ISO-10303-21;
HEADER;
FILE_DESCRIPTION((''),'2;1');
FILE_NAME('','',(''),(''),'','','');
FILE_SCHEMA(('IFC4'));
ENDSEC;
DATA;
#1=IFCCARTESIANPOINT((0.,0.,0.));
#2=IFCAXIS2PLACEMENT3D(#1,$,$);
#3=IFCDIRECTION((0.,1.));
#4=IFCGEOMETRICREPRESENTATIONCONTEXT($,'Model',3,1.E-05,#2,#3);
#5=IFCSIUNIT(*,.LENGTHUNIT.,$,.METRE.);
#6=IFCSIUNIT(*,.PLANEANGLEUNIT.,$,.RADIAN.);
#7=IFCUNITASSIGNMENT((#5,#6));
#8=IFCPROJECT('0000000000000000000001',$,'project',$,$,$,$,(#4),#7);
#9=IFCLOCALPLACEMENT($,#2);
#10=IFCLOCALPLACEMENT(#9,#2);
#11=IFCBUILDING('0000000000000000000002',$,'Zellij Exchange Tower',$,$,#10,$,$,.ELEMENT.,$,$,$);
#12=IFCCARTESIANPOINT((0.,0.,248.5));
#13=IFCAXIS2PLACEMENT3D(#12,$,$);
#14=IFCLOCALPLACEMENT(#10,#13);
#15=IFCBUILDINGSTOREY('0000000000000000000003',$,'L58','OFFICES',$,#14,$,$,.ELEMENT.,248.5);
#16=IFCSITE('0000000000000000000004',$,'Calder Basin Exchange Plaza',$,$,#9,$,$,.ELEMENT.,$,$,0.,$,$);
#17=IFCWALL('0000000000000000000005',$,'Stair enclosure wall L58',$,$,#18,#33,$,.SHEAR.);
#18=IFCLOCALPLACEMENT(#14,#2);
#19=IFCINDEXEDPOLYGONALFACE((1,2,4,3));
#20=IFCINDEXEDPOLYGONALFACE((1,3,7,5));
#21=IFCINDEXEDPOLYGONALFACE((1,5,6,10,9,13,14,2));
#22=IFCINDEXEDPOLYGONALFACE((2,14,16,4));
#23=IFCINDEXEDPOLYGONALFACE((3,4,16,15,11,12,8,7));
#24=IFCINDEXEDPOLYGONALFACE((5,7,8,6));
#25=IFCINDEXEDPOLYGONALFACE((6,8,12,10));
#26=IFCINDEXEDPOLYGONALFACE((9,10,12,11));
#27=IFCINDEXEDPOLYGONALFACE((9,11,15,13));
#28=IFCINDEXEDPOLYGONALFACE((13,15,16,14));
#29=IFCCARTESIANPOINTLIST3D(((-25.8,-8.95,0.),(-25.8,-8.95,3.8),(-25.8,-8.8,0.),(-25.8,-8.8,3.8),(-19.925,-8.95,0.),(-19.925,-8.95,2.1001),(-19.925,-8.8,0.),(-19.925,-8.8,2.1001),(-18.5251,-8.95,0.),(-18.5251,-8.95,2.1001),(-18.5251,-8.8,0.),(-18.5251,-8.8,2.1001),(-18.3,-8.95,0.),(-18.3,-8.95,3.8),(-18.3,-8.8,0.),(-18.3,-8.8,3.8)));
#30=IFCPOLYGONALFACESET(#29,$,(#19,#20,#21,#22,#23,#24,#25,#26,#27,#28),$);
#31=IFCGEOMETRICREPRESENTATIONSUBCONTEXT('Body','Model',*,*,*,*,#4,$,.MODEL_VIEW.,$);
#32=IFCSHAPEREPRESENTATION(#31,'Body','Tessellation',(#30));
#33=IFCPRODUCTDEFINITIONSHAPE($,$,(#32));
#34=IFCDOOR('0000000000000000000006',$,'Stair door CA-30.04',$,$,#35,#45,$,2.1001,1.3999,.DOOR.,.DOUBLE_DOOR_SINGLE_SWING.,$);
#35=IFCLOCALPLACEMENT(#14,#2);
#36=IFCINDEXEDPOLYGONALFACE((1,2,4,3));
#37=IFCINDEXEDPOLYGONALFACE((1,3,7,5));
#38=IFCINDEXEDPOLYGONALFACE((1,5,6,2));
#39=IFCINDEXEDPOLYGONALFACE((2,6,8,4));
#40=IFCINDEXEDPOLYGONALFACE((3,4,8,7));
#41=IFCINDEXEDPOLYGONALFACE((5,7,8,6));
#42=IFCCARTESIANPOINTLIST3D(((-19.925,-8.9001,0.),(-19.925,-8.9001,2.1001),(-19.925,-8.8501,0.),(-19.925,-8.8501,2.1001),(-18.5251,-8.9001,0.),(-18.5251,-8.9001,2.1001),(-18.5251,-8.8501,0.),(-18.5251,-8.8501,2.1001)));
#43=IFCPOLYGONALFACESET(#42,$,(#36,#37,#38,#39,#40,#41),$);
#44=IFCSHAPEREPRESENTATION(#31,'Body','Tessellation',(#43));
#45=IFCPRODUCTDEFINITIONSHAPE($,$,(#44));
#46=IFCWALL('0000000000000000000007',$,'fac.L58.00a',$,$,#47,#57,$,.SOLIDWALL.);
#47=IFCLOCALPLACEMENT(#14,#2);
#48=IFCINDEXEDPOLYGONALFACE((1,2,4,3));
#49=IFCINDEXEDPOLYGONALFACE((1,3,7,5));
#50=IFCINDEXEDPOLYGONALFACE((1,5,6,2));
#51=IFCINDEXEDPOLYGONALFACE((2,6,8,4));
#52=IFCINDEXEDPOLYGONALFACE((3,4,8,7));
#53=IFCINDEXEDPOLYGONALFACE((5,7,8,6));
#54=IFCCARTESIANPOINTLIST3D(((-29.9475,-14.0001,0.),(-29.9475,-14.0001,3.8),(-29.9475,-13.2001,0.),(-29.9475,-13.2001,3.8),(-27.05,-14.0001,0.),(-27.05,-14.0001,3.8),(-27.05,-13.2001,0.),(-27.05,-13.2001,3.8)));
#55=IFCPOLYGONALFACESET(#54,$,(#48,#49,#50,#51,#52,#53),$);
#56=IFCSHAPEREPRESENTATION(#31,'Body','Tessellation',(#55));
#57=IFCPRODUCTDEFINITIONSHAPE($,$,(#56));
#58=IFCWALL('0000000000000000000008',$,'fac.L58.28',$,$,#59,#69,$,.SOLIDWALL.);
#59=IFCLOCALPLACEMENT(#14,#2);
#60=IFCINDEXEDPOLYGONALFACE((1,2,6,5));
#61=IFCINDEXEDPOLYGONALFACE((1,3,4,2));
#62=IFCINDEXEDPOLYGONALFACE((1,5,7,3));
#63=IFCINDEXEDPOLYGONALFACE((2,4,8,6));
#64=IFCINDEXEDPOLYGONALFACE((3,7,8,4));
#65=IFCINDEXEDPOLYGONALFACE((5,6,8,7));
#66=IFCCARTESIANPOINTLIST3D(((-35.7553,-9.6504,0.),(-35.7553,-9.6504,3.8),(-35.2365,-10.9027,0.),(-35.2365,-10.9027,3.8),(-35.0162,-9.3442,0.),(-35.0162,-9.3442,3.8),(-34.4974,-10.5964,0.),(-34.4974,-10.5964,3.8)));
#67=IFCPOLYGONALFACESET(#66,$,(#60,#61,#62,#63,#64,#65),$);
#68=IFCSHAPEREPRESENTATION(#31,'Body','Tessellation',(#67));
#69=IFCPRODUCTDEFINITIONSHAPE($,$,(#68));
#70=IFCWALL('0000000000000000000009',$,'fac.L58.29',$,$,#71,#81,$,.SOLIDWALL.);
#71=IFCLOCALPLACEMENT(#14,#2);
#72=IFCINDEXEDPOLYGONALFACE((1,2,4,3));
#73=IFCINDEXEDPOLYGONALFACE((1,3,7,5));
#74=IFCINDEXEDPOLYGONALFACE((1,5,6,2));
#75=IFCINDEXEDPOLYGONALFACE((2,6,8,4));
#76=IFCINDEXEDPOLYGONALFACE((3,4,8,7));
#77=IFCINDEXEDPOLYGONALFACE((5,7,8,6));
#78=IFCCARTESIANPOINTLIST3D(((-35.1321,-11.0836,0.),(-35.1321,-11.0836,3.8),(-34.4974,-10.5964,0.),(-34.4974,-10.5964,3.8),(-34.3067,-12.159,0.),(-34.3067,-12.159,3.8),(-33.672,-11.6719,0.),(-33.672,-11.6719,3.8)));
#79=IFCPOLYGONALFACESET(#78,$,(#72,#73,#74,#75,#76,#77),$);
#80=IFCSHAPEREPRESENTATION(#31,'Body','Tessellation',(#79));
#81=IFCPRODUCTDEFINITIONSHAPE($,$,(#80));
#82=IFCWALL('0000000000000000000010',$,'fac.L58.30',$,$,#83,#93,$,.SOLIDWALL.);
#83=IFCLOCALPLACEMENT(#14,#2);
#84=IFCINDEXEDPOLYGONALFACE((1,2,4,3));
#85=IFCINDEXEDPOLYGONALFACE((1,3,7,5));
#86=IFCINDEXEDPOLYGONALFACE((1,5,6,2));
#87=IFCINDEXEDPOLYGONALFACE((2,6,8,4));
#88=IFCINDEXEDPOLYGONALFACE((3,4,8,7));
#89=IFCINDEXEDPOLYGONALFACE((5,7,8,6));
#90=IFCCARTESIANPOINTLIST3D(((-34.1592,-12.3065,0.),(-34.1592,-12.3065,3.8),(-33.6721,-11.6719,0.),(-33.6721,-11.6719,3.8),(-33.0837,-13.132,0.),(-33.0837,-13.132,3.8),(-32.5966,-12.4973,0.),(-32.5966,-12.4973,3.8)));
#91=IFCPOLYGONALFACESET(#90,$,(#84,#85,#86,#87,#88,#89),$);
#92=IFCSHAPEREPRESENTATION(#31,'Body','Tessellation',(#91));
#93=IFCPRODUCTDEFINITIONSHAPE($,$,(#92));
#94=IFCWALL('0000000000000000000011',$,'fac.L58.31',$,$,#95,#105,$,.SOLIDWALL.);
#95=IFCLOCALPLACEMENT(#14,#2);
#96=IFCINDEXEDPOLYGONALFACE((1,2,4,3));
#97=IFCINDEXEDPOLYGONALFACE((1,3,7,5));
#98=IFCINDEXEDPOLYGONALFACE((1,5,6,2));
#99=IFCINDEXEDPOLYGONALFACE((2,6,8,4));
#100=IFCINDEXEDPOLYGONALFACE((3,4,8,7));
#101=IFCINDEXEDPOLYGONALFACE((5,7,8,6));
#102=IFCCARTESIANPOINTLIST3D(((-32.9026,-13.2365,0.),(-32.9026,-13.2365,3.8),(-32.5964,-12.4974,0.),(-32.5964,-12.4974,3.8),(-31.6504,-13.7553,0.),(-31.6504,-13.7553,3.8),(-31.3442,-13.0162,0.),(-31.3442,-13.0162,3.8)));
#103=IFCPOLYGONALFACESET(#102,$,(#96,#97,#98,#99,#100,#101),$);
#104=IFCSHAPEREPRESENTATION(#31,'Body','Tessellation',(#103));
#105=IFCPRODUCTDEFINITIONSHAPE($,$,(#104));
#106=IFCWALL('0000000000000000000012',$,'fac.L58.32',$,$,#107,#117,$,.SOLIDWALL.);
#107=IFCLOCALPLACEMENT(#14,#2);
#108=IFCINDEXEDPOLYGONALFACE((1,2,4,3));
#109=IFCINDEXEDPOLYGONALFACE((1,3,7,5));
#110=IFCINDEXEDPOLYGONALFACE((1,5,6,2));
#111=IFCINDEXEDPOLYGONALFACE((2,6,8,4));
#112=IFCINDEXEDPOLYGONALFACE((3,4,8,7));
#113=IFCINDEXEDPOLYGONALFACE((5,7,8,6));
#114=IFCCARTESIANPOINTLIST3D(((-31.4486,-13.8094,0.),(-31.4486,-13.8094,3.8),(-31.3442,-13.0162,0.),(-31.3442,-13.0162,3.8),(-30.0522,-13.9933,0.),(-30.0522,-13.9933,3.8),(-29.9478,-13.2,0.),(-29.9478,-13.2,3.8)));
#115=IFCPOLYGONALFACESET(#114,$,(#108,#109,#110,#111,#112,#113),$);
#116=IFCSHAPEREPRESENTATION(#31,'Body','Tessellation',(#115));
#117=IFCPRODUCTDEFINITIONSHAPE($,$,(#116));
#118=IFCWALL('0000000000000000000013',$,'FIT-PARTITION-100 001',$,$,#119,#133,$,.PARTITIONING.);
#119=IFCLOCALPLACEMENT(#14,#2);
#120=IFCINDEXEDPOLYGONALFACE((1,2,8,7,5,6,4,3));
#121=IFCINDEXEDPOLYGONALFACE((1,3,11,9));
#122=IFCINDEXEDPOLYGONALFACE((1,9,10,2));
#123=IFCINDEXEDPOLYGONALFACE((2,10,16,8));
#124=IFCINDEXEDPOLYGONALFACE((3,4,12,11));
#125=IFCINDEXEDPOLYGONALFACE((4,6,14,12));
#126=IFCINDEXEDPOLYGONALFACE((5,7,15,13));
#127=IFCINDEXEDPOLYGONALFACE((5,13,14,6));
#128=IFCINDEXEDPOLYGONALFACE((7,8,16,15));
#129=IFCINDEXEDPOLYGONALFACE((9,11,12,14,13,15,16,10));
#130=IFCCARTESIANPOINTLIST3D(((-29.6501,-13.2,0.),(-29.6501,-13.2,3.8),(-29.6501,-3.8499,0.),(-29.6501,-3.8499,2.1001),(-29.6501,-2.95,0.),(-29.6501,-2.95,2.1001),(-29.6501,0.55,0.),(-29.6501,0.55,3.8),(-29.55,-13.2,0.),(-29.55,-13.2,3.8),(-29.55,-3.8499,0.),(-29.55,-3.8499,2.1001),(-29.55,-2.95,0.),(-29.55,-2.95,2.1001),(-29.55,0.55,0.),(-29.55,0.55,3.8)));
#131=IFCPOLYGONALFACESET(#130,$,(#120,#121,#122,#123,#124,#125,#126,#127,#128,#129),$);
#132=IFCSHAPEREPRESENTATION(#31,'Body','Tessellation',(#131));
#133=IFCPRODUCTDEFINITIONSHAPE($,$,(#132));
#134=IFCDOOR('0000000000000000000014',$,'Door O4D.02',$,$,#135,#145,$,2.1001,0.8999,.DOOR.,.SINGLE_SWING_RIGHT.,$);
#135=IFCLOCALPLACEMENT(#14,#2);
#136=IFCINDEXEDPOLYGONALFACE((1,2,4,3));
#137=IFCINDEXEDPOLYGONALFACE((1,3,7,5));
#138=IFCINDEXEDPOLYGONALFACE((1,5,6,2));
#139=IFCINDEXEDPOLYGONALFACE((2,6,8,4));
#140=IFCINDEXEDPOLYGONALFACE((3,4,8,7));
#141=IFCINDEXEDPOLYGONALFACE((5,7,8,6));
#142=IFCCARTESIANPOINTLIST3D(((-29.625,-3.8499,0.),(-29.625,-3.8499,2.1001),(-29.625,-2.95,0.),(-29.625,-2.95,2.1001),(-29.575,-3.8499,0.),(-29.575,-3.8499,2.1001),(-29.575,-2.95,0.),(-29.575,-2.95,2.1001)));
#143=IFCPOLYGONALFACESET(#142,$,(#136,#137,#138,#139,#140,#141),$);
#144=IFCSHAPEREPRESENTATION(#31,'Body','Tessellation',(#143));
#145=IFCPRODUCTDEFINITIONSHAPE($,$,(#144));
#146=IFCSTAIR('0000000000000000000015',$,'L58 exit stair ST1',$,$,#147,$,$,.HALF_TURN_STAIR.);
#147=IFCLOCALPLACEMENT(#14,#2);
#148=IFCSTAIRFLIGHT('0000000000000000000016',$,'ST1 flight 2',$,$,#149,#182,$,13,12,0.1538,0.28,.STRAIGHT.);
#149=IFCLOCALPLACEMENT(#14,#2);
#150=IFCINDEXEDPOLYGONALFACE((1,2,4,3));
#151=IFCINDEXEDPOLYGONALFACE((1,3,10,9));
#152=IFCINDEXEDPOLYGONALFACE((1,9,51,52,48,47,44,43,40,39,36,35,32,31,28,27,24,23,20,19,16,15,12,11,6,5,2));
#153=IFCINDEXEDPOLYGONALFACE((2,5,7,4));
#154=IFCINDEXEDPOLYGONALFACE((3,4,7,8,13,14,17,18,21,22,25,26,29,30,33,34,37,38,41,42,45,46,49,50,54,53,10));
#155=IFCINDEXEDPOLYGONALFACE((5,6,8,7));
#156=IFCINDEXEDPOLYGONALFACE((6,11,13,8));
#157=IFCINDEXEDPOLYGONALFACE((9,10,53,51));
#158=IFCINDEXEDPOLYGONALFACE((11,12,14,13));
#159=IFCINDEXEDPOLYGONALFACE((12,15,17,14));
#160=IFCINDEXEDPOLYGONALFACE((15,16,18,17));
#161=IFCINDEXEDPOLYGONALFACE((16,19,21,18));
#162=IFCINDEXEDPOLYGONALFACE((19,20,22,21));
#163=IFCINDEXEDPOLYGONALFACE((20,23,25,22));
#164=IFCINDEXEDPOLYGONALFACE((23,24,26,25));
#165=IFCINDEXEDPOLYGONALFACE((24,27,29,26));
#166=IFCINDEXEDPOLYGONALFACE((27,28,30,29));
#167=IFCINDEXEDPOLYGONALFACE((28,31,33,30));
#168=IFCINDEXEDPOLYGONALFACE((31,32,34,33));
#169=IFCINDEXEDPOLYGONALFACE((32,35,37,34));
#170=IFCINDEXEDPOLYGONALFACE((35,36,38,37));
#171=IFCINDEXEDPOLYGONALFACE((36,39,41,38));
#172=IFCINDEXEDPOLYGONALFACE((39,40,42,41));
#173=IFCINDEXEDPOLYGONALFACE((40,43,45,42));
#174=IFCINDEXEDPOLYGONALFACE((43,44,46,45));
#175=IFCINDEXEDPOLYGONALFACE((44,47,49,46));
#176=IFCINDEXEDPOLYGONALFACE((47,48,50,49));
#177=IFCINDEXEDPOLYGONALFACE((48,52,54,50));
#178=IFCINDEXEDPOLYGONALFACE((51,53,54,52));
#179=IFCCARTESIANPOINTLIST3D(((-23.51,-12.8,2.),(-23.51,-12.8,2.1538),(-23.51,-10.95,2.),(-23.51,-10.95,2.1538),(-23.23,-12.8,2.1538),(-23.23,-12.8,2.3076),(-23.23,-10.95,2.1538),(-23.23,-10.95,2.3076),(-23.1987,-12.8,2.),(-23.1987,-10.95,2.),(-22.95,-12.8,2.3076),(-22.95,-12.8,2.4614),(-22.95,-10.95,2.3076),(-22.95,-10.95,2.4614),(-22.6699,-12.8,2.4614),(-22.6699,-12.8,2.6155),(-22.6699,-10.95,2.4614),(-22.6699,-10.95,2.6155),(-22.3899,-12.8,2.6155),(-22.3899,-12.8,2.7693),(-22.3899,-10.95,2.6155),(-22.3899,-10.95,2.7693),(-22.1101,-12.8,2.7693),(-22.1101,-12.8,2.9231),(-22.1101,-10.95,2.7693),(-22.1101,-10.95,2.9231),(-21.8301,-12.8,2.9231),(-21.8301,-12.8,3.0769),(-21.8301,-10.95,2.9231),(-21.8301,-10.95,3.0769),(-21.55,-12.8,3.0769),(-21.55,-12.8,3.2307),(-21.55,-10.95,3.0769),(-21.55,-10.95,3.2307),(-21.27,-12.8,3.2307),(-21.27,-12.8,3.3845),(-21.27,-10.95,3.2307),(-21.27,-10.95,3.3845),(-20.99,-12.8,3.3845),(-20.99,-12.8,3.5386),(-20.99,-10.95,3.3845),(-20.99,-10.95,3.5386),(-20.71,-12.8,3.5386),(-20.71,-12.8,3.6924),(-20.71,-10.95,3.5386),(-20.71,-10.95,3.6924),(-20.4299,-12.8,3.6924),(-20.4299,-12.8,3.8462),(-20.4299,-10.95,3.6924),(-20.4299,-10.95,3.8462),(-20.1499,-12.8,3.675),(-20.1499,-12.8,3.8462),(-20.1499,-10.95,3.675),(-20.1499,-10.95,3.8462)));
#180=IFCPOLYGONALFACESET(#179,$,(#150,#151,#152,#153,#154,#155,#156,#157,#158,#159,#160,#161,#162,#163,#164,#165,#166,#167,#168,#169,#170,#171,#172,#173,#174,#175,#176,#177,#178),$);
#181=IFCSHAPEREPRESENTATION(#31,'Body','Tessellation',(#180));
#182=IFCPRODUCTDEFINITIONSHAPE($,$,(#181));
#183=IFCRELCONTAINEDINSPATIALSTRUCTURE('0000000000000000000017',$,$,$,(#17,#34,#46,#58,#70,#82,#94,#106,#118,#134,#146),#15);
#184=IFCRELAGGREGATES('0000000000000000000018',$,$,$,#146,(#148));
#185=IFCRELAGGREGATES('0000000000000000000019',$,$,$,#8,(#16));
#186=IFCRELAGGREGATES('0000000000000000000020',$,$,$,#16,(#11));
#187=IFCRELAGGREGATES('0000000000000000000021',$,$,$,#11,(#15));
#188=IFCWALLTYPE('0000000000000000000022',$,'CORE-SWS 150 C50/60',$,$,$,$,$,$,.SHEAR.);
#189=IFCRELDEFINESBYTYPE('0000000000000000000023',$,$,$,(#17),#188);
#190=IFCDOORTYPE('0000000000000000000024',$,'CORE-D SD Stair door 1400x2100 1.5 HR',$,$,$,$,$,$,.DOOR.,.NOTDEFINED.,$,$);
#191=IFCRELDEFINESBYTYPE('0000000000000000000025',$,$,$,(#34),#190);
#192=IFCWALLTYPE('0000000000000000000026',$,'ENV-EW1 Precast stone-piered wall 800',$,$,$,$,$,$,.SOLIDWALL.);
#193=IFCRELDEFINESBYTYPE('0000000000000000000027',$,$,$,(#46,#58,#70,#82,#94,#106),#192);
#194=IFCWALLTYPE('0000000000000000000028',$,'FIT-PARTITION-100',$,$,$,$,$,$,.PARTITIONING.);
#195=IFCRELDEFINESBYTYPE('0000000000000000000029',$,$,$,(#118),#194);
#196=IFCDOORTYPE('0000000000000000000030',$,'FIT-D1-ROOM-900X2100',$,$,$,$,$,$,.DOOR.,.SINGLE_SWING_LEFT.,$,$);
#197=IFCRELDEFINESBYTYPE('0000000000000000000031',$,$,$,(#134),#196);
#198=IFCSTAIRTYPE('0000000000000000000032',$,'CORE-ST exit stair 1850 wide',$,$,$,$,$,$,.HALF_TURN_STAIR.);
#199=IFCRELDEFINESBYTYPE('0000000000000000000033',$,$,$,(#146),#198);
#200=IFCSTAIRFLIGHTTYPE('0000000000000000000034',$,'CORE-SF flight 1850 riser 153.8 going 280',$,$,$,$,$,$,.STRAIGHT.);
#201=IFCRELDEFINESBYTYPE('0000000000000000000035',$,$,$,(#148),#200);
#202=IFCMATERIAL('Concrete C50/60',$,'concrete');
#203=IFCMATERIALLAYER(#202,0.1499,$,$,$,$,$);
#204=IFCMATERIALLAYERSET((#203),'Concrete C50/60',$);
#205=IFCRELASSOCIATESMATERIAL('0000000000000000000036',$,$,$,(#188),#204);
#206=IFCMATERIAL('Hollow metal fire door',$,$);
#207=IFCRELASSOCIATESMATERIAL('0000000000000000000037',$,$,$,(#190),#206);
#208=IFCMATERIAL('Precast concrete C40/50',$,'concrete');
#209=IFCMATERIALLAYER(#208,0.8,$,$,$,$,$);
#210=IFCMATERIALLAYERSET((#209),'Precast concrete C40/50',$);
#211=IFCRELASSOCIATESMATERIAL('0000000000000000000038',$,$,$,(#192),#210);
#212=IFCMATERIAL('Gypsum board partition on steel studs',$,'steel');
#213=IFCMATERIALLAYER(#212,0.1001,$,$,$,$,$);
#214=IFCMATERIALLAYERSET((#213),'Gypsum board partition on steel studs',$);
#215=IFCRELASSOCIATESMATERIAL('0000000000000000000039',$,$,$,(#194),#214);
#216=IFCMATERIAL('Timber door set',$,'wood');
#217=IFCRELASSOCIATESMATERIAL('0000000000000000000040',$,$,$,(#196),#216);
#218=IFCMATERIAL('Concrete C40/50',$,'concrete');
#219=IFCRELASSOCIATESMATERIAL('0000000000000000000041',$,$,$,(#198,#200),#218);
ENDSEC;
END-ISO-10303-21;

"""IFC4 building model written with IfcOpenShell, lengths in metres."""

from ifc_helpers import new_model, si_unit, direction, frame, frame_2d, origin, place, context, subcontext, project, spatial, polyline, rectangle, outline, extrude, material, layer, layer_set, type_object, element, fill, aggregate, save


model = new_model("IFC4")

# Units and contexts
model_context = context("Model", 3, precision=1e-05, world=origin(), true_north=direction((0.0, 1.0)))
body_context = subcontext(model_context, "Body", "Model", "MODEL_VIEW")
ifc_project = project(units=[si_unit("LENGTHUNIT", "METRE"), si_unit("PLANEANGLEUNIT", "RADIAN")], contexts=[model_context])

# Site, building, storey
site_placement = place(None, origin())
site = spatial("IfcSite", under=ifc_project, at=site_placement, Name="Calder Basin Exchange Plaza", CompositionType="ELEMENT", RefElevation=0.0)
building_placement = place(site_placement, origin())
building = spatial("IfcBuilding", under=site, at=building_placement, Name="Zellij Exchange Tower", CompositionType="ELEMENT")
storey_placement = place(building_placement, frame((0.0, 0.0, 248.5)))
storey = spatial("IfcBuildingStorey", under=building, at=storey_placement, Name="L58", Description="OFFICES", CompositionType="ELEMENT", Elevation=248.5)

# Shared definitions
ifc_material_1 = material(Name="Concrete C50/60", Category="concrete")

# Wall, opening, door
ifc_material_2 = material(Name="Hollow metal fire door")
ifc_layer_1 = layer(ifc_material_1, 0.1499)
ifc_layer_set_1 = layer_set([ifc_layer_1], Name="Concrete C50/60")
wall_type_1 = type_object("IfcWallType", Name="CORE-SWS 150 C50/60", PredefinedType="SHEAR", material=ifc_layer_set_1)
wall_1_placement = place(storey_placement, frame((-25.8, -8.875, 0.0), z_axis=(0.0, 0.0, 1.0), x_axis=(1.0, 0.0, 0.0)))
wall_1 = element("IfcWall", 1, at=wall_1_placement, inside=storey, type_object=wall_type_1, Name="Stair enclosure wall L58", PredefinedType="SHEAR", context=body_context, shape_type="SweptSolid", body=[
    extrude(rectangle(XDim=7.5, YDim=0.1499, at=frame_2d((3.75, 0.0))), origin(), (0.0, 0.0, 1.0), 3.8),
])
opening_1_placement = place(wall_1_placement, frame((5.875, 0.0, 0.0)))
opening_1 = element("IfcOpeningElement", 2, at=opening_1_placement, cuts=wall_1, PredefinedType="OPENING", context=body_context, shape_type="SweptSolid", body=[
    extrude(rectangle(XDim=1.3999, YDim=2.1001, at=frame_2d((0.7, 1.05))), frame((0.0, 0.0869, 0.0), z_axis=(0.0, -1.0, 0.0), x_axis=(1.0, 0.0, 0.0)), (0.0, 0.0, 1.0), 0.1738),
])
door_type_1 = type_object("IfcDoorType", Name="CORE-D SD Stair door 1400x2100 1.5 HR", OperationType="NOTDEFINED", PredefinedType="DOOR", material=ifc_material_2)
door_1_placement = place(opening_1_placement, origin())
door_1 = element("IfcDoor", 3, at=door_1_placement, inside=storey, type_object=door_type_1, Name="Stair door CA-30.04", OperationType="DOUBLE_DOOR_SINGLE_SWING", OverallHeight=2.1001, OverallWidth=1.3999, PredefinedType="DOOR", context=body_context, shape_type="SweptSolid", body=[
    extrude(rectangle(XDim=1.3999, YDim=2.1001, at=frame_2d((0.7, 1.05))), frame((0.0, 0.0249, 0.0), z_axis=(0.0, -1.0, 0.0), x_axis=(1.0, 0.0, 0.0)), (0.0, 0.0, 1.0), 0.05),
])
fill(opening_1, door_1)

# Walls
ifc_material_3 = material(Name="Precast concrete C40/50", Category="concrete")
ifc_layer_2 = layer(ifc_material_3, 0.8)
ifc_layer_set_2 = layer_set([ifc_layer_2], Name="Precast concrete C40/50")
wall_type_2 = type_object("IfcWallType", Name="ENV-EW1 Precast stone-piered wall 800", PredefinedType="SOLIDWALL", material=ifc_layer_set_2)
wall_2_placement = place(storey_placement, frame((-29.9475, -13.6001, 0.0), z_axis=(0.0, 0.0, 1.0), x_axis=(1.0, 0.0, 0.0)))
element("IfcWall", 4, at=wall_2_placement, inside=storey, type_object=wall_type_2, Name="fac.L58.00a", PredefinedType="SOLIDWALL", context=body_context, shape_type="SweptSolid", body=[
    extrude(rectangle(XDim=2.8975, YDim=0.8, at=frame_2d((1.4487, 0.0))), origin(), (0.0, 0.0, 1.0), 3.8),
])
wall_3_placement = place(storey_placement, frame((-35.3857, -9.4973, 0.0), z_axis=(0.0, 0.0, 1.0), x_axis=(0.38276, -0.923848, 0.0)))
element("IfcWall", 5, at=wall_3_placement, inside=storey, type_object=wall_type_2, Name="fac.L58.28", PredefinedType="SOLIDWALL", context=body_context, shape_type="SweptSolid", body=[
    extrude(rectangle(XDim=1.3555, YDim=0.8, at=frame_2d((0.6777, 0.0))), origin(), (0.0, 0.0, 1.0), 3.8),
])
for number, where, z_axis, x_axis, name in (
    (6, (-34.8147, -10.8401, 0.0), (0.0, 0.0, 1.0), (0.608866, -0.793273, 0.0), "fac.L58.29"),
    (7, (-33.9155, -11.9893, 0.0), (0.0, 0.0, 1.0), (0.793273, -0.608866, 0.0), "fac.L58.30"),
):
    element("IfcWall", number, at=place(storey_placement, frame(where, z_axis=z_axis, x_axis=x_axis)), inside=storey, type_object=wall_type_2, Name=name, PredefinedType="SOLIDWALL", context=body_context, shape_type="SweptSolid", body=[
        extrude(rectangle(XDim=1.3557, YDim=0.8, at=frame_2d((0.6777, 0.0))), origin(), (0.0, 0.0, 1.0), 3.8),
    ])
wall_4_placement = place(storey_placement, frame((-32.7495, -12.8669, 0.0), z_axis=(0.0, 0.0, 1.0), x_axis=(0.923848, -0.38276, 0.0)))
element("IfcWall", 8, at=wall_4_placement, inside=storey, type_object=wall_type_2, Name="fac.L58.31", PredefinedType="SOLIDWALL", context=body_context, shape_type="SweptSolid", body=[
    extrude(rectangle(XDim=1.3555, YDim=0.8, at=frame_2d((0.6777, 0.0))), origin(), (0.0, 0.0, 1.0), 3.8),
])
wall_5_placement = place(storey_placement, frame((-31.3962, -13.4128, 0.0), z_axis=(0.0, 0.0, 1.0), x_axis=(0.991446, -0.130517, 0.0)))
element("IfcWall", 9, at=wall_5_placement, inside=storey, type_object=wall_type_2, Name="fac.L58.32", PredefinedType="SOLIDWALL", context=body_context, shape_type="SweptSolid", body=[
    extrude(rectangle(XDim=1.4084, YDim=0.8, at=frame_2d((0.7041, 0.0))), origin(), (0.0, 0.0, 1.0), 3.8),
])

# Wall, opening, door
ifc_material_4 = material(Name="Gypsum board partition on steel studs", Category="steel")
ifc_layer_3 = layer(ifc_material_4, 0.1001)
ifc_layer_set_3 = layer_set([ifc_layer_3], Name="Gypsum board partition on steel studs")
wall_type_3 = type_object("IfcWallType", Name="FIT-PARTITION-100", PredefinedType="PARTITIONING", material=ifc_layer_set_3)
wall_6_placement = place(storey_placement, frame((-29.6001, -13.2, 0.0), z_axis=(0.0, 0.0, 1.0), x_axis=(0.0, 1.0, 0.0)))
wall_6 = element("IfcWall", 10, at=wall_6_placement, inside=storey, type_object=wall_type_3, Name="FIT-PARTITION-100 001", PredefinedType="PARTITIONING", context=body_context, shape_type="SweptSolid", body=[
    extrude(rectangle(XDim=13.75, YDim=0.1001, at=frame_2d((6.875, 0.0))), origin(), (0.0, 0.0, 1.0), 3.8),
])
opening_2_placement = place(wall_6_placement, frame((9.3501, 0.0, 0.0)))
opening_2 = element("IfcOpeningElement", 11, at=opening_2_placement, cuts=wall_6, PredefinedType="OPENING", context=body_context, shape_type="SweptSolid", body=[
    extrude(rectangle(XDim=0.8999, YDim=2.1001, at=frame_2d((0.45, 1.05))), frame((0.0, 0.062, 0.0), z_axis=(0.0, -1.0, 0.0), x_axis=(1.0, 0.0, 0.0)), (0.0, 0.0, 1.0), 0.124),
])
ifc_material_5 = material(Name="Timber door set", Category="wood")
door_type_2 = type_object("IfcDoorType", Name="FIT-D1-ROOM-900X2100", OperationType="SINGLE_SWING_LEFT", PredefinedType="DOOR", material=ifc_material_5)
door_2_placement = place(opening_2_placement, origin())
door_2 = element("IfcDoor", 12, at=door_2_placement, inside=storey, type_object=door_type_2, Name="Door O4D.02", OperationType="SINGLE_SWING_RIGHT", OverallHeight=2.1001, OverallWidth=0.8999, PredefinedType="DOOR", context=body_context, shape_type="SweptSolid", body=[
    extrude(rectangle(XDim=0.8999, YDim=2.1001, at=frame_2d((0.45, 1.05))), frame((0.0, 0.0249, 0.0), z_axis=(0.0, -1.0, 0.0), x_axis=(1.0, 0.0, 0.0)), (0.0, 0.0, 1.0), 0.05),
])
fill(opening_2, door_2)

# Stair, stair flight
ifc_material_6 = material(Name="Concrete C40/50", Category="concrete")
stair_type = type_object("IfcStairType", Name="CORE-ST exit stair 1850 wide", PredefinedType="HALF_TURN_STAIR", material=ifc_material_6)
stair_placement = place(storey_placement, origin())
stair = element("IfcStair", 13, at=stair_placement, inside=storey, type_object=stair_type, Name="L58 exit stair ST1", PredefinedType="HALF_TURN_STAIR")
stair_flight_type = type_object("IfcStairFlightType", Name="CORE-SF flight 1850 riser 153.8 going 280", PredefinedType="STRAIGHT", material=ifc_material_6)
stair_flight_placement = place(storey_placement, frame((-23.51, -11.875, 2.0), z_axis=(0.0, 0.0, 1.0), x_axis=(1.0, 0.0, 0.0)))
stair_flight = element("IfcStairFlight", 14, at=stair_flight_placement, type_object=stair_flight_type, Name="ST1 flight 2", NumberOfRisers=13, NumberOfTreads=12, PredefinedType="STRAIGHT", RiserHeight=0.1538, TreadLength=0.28, context=body_context, shape_type="SweptSolid", body=[
    extrude(outline(polyline([(0.0, 0.0), (0.0, 0.1538), (0.28, 0.1538), (0.28, 0.3076), (0.5601, 0.3076), (0.5601, 0.4614), (0.8401, 0.4614), (0.8401, 0.6155), (1.1201, 0.6155), (1.1201, 0.7693), (1.3999, 0.7693), (1.3999, 0.9231), (1.6799, 0.9231), (1.6799, 1.0769), (1.96, 1.0769), (1.96, 1.2307), (2.24, 1.2307), (2.24, 1.3845), (2.52, 1.3845), (2.52, 1.5386), (2.8, 1.5386), (2.8, 1.6924), (3.0801, 1.6924), (3.0801, 1.8462), (3.3601, 1.8462), (3.3601, 2.0), (3.3601, 1.675), (0.3113, 0.0), (0.0, 0.0)])), frame((0.0, 0.925, 0.0), z_axis=(0.0, -1.0, 0.0), x_axis=(1.0, 0.0, 0.0)), (0.0, 0.0, 1.0), 1.8501),
])
aggregate(stair, [stair_flight])

save(model, "model.ifc")
